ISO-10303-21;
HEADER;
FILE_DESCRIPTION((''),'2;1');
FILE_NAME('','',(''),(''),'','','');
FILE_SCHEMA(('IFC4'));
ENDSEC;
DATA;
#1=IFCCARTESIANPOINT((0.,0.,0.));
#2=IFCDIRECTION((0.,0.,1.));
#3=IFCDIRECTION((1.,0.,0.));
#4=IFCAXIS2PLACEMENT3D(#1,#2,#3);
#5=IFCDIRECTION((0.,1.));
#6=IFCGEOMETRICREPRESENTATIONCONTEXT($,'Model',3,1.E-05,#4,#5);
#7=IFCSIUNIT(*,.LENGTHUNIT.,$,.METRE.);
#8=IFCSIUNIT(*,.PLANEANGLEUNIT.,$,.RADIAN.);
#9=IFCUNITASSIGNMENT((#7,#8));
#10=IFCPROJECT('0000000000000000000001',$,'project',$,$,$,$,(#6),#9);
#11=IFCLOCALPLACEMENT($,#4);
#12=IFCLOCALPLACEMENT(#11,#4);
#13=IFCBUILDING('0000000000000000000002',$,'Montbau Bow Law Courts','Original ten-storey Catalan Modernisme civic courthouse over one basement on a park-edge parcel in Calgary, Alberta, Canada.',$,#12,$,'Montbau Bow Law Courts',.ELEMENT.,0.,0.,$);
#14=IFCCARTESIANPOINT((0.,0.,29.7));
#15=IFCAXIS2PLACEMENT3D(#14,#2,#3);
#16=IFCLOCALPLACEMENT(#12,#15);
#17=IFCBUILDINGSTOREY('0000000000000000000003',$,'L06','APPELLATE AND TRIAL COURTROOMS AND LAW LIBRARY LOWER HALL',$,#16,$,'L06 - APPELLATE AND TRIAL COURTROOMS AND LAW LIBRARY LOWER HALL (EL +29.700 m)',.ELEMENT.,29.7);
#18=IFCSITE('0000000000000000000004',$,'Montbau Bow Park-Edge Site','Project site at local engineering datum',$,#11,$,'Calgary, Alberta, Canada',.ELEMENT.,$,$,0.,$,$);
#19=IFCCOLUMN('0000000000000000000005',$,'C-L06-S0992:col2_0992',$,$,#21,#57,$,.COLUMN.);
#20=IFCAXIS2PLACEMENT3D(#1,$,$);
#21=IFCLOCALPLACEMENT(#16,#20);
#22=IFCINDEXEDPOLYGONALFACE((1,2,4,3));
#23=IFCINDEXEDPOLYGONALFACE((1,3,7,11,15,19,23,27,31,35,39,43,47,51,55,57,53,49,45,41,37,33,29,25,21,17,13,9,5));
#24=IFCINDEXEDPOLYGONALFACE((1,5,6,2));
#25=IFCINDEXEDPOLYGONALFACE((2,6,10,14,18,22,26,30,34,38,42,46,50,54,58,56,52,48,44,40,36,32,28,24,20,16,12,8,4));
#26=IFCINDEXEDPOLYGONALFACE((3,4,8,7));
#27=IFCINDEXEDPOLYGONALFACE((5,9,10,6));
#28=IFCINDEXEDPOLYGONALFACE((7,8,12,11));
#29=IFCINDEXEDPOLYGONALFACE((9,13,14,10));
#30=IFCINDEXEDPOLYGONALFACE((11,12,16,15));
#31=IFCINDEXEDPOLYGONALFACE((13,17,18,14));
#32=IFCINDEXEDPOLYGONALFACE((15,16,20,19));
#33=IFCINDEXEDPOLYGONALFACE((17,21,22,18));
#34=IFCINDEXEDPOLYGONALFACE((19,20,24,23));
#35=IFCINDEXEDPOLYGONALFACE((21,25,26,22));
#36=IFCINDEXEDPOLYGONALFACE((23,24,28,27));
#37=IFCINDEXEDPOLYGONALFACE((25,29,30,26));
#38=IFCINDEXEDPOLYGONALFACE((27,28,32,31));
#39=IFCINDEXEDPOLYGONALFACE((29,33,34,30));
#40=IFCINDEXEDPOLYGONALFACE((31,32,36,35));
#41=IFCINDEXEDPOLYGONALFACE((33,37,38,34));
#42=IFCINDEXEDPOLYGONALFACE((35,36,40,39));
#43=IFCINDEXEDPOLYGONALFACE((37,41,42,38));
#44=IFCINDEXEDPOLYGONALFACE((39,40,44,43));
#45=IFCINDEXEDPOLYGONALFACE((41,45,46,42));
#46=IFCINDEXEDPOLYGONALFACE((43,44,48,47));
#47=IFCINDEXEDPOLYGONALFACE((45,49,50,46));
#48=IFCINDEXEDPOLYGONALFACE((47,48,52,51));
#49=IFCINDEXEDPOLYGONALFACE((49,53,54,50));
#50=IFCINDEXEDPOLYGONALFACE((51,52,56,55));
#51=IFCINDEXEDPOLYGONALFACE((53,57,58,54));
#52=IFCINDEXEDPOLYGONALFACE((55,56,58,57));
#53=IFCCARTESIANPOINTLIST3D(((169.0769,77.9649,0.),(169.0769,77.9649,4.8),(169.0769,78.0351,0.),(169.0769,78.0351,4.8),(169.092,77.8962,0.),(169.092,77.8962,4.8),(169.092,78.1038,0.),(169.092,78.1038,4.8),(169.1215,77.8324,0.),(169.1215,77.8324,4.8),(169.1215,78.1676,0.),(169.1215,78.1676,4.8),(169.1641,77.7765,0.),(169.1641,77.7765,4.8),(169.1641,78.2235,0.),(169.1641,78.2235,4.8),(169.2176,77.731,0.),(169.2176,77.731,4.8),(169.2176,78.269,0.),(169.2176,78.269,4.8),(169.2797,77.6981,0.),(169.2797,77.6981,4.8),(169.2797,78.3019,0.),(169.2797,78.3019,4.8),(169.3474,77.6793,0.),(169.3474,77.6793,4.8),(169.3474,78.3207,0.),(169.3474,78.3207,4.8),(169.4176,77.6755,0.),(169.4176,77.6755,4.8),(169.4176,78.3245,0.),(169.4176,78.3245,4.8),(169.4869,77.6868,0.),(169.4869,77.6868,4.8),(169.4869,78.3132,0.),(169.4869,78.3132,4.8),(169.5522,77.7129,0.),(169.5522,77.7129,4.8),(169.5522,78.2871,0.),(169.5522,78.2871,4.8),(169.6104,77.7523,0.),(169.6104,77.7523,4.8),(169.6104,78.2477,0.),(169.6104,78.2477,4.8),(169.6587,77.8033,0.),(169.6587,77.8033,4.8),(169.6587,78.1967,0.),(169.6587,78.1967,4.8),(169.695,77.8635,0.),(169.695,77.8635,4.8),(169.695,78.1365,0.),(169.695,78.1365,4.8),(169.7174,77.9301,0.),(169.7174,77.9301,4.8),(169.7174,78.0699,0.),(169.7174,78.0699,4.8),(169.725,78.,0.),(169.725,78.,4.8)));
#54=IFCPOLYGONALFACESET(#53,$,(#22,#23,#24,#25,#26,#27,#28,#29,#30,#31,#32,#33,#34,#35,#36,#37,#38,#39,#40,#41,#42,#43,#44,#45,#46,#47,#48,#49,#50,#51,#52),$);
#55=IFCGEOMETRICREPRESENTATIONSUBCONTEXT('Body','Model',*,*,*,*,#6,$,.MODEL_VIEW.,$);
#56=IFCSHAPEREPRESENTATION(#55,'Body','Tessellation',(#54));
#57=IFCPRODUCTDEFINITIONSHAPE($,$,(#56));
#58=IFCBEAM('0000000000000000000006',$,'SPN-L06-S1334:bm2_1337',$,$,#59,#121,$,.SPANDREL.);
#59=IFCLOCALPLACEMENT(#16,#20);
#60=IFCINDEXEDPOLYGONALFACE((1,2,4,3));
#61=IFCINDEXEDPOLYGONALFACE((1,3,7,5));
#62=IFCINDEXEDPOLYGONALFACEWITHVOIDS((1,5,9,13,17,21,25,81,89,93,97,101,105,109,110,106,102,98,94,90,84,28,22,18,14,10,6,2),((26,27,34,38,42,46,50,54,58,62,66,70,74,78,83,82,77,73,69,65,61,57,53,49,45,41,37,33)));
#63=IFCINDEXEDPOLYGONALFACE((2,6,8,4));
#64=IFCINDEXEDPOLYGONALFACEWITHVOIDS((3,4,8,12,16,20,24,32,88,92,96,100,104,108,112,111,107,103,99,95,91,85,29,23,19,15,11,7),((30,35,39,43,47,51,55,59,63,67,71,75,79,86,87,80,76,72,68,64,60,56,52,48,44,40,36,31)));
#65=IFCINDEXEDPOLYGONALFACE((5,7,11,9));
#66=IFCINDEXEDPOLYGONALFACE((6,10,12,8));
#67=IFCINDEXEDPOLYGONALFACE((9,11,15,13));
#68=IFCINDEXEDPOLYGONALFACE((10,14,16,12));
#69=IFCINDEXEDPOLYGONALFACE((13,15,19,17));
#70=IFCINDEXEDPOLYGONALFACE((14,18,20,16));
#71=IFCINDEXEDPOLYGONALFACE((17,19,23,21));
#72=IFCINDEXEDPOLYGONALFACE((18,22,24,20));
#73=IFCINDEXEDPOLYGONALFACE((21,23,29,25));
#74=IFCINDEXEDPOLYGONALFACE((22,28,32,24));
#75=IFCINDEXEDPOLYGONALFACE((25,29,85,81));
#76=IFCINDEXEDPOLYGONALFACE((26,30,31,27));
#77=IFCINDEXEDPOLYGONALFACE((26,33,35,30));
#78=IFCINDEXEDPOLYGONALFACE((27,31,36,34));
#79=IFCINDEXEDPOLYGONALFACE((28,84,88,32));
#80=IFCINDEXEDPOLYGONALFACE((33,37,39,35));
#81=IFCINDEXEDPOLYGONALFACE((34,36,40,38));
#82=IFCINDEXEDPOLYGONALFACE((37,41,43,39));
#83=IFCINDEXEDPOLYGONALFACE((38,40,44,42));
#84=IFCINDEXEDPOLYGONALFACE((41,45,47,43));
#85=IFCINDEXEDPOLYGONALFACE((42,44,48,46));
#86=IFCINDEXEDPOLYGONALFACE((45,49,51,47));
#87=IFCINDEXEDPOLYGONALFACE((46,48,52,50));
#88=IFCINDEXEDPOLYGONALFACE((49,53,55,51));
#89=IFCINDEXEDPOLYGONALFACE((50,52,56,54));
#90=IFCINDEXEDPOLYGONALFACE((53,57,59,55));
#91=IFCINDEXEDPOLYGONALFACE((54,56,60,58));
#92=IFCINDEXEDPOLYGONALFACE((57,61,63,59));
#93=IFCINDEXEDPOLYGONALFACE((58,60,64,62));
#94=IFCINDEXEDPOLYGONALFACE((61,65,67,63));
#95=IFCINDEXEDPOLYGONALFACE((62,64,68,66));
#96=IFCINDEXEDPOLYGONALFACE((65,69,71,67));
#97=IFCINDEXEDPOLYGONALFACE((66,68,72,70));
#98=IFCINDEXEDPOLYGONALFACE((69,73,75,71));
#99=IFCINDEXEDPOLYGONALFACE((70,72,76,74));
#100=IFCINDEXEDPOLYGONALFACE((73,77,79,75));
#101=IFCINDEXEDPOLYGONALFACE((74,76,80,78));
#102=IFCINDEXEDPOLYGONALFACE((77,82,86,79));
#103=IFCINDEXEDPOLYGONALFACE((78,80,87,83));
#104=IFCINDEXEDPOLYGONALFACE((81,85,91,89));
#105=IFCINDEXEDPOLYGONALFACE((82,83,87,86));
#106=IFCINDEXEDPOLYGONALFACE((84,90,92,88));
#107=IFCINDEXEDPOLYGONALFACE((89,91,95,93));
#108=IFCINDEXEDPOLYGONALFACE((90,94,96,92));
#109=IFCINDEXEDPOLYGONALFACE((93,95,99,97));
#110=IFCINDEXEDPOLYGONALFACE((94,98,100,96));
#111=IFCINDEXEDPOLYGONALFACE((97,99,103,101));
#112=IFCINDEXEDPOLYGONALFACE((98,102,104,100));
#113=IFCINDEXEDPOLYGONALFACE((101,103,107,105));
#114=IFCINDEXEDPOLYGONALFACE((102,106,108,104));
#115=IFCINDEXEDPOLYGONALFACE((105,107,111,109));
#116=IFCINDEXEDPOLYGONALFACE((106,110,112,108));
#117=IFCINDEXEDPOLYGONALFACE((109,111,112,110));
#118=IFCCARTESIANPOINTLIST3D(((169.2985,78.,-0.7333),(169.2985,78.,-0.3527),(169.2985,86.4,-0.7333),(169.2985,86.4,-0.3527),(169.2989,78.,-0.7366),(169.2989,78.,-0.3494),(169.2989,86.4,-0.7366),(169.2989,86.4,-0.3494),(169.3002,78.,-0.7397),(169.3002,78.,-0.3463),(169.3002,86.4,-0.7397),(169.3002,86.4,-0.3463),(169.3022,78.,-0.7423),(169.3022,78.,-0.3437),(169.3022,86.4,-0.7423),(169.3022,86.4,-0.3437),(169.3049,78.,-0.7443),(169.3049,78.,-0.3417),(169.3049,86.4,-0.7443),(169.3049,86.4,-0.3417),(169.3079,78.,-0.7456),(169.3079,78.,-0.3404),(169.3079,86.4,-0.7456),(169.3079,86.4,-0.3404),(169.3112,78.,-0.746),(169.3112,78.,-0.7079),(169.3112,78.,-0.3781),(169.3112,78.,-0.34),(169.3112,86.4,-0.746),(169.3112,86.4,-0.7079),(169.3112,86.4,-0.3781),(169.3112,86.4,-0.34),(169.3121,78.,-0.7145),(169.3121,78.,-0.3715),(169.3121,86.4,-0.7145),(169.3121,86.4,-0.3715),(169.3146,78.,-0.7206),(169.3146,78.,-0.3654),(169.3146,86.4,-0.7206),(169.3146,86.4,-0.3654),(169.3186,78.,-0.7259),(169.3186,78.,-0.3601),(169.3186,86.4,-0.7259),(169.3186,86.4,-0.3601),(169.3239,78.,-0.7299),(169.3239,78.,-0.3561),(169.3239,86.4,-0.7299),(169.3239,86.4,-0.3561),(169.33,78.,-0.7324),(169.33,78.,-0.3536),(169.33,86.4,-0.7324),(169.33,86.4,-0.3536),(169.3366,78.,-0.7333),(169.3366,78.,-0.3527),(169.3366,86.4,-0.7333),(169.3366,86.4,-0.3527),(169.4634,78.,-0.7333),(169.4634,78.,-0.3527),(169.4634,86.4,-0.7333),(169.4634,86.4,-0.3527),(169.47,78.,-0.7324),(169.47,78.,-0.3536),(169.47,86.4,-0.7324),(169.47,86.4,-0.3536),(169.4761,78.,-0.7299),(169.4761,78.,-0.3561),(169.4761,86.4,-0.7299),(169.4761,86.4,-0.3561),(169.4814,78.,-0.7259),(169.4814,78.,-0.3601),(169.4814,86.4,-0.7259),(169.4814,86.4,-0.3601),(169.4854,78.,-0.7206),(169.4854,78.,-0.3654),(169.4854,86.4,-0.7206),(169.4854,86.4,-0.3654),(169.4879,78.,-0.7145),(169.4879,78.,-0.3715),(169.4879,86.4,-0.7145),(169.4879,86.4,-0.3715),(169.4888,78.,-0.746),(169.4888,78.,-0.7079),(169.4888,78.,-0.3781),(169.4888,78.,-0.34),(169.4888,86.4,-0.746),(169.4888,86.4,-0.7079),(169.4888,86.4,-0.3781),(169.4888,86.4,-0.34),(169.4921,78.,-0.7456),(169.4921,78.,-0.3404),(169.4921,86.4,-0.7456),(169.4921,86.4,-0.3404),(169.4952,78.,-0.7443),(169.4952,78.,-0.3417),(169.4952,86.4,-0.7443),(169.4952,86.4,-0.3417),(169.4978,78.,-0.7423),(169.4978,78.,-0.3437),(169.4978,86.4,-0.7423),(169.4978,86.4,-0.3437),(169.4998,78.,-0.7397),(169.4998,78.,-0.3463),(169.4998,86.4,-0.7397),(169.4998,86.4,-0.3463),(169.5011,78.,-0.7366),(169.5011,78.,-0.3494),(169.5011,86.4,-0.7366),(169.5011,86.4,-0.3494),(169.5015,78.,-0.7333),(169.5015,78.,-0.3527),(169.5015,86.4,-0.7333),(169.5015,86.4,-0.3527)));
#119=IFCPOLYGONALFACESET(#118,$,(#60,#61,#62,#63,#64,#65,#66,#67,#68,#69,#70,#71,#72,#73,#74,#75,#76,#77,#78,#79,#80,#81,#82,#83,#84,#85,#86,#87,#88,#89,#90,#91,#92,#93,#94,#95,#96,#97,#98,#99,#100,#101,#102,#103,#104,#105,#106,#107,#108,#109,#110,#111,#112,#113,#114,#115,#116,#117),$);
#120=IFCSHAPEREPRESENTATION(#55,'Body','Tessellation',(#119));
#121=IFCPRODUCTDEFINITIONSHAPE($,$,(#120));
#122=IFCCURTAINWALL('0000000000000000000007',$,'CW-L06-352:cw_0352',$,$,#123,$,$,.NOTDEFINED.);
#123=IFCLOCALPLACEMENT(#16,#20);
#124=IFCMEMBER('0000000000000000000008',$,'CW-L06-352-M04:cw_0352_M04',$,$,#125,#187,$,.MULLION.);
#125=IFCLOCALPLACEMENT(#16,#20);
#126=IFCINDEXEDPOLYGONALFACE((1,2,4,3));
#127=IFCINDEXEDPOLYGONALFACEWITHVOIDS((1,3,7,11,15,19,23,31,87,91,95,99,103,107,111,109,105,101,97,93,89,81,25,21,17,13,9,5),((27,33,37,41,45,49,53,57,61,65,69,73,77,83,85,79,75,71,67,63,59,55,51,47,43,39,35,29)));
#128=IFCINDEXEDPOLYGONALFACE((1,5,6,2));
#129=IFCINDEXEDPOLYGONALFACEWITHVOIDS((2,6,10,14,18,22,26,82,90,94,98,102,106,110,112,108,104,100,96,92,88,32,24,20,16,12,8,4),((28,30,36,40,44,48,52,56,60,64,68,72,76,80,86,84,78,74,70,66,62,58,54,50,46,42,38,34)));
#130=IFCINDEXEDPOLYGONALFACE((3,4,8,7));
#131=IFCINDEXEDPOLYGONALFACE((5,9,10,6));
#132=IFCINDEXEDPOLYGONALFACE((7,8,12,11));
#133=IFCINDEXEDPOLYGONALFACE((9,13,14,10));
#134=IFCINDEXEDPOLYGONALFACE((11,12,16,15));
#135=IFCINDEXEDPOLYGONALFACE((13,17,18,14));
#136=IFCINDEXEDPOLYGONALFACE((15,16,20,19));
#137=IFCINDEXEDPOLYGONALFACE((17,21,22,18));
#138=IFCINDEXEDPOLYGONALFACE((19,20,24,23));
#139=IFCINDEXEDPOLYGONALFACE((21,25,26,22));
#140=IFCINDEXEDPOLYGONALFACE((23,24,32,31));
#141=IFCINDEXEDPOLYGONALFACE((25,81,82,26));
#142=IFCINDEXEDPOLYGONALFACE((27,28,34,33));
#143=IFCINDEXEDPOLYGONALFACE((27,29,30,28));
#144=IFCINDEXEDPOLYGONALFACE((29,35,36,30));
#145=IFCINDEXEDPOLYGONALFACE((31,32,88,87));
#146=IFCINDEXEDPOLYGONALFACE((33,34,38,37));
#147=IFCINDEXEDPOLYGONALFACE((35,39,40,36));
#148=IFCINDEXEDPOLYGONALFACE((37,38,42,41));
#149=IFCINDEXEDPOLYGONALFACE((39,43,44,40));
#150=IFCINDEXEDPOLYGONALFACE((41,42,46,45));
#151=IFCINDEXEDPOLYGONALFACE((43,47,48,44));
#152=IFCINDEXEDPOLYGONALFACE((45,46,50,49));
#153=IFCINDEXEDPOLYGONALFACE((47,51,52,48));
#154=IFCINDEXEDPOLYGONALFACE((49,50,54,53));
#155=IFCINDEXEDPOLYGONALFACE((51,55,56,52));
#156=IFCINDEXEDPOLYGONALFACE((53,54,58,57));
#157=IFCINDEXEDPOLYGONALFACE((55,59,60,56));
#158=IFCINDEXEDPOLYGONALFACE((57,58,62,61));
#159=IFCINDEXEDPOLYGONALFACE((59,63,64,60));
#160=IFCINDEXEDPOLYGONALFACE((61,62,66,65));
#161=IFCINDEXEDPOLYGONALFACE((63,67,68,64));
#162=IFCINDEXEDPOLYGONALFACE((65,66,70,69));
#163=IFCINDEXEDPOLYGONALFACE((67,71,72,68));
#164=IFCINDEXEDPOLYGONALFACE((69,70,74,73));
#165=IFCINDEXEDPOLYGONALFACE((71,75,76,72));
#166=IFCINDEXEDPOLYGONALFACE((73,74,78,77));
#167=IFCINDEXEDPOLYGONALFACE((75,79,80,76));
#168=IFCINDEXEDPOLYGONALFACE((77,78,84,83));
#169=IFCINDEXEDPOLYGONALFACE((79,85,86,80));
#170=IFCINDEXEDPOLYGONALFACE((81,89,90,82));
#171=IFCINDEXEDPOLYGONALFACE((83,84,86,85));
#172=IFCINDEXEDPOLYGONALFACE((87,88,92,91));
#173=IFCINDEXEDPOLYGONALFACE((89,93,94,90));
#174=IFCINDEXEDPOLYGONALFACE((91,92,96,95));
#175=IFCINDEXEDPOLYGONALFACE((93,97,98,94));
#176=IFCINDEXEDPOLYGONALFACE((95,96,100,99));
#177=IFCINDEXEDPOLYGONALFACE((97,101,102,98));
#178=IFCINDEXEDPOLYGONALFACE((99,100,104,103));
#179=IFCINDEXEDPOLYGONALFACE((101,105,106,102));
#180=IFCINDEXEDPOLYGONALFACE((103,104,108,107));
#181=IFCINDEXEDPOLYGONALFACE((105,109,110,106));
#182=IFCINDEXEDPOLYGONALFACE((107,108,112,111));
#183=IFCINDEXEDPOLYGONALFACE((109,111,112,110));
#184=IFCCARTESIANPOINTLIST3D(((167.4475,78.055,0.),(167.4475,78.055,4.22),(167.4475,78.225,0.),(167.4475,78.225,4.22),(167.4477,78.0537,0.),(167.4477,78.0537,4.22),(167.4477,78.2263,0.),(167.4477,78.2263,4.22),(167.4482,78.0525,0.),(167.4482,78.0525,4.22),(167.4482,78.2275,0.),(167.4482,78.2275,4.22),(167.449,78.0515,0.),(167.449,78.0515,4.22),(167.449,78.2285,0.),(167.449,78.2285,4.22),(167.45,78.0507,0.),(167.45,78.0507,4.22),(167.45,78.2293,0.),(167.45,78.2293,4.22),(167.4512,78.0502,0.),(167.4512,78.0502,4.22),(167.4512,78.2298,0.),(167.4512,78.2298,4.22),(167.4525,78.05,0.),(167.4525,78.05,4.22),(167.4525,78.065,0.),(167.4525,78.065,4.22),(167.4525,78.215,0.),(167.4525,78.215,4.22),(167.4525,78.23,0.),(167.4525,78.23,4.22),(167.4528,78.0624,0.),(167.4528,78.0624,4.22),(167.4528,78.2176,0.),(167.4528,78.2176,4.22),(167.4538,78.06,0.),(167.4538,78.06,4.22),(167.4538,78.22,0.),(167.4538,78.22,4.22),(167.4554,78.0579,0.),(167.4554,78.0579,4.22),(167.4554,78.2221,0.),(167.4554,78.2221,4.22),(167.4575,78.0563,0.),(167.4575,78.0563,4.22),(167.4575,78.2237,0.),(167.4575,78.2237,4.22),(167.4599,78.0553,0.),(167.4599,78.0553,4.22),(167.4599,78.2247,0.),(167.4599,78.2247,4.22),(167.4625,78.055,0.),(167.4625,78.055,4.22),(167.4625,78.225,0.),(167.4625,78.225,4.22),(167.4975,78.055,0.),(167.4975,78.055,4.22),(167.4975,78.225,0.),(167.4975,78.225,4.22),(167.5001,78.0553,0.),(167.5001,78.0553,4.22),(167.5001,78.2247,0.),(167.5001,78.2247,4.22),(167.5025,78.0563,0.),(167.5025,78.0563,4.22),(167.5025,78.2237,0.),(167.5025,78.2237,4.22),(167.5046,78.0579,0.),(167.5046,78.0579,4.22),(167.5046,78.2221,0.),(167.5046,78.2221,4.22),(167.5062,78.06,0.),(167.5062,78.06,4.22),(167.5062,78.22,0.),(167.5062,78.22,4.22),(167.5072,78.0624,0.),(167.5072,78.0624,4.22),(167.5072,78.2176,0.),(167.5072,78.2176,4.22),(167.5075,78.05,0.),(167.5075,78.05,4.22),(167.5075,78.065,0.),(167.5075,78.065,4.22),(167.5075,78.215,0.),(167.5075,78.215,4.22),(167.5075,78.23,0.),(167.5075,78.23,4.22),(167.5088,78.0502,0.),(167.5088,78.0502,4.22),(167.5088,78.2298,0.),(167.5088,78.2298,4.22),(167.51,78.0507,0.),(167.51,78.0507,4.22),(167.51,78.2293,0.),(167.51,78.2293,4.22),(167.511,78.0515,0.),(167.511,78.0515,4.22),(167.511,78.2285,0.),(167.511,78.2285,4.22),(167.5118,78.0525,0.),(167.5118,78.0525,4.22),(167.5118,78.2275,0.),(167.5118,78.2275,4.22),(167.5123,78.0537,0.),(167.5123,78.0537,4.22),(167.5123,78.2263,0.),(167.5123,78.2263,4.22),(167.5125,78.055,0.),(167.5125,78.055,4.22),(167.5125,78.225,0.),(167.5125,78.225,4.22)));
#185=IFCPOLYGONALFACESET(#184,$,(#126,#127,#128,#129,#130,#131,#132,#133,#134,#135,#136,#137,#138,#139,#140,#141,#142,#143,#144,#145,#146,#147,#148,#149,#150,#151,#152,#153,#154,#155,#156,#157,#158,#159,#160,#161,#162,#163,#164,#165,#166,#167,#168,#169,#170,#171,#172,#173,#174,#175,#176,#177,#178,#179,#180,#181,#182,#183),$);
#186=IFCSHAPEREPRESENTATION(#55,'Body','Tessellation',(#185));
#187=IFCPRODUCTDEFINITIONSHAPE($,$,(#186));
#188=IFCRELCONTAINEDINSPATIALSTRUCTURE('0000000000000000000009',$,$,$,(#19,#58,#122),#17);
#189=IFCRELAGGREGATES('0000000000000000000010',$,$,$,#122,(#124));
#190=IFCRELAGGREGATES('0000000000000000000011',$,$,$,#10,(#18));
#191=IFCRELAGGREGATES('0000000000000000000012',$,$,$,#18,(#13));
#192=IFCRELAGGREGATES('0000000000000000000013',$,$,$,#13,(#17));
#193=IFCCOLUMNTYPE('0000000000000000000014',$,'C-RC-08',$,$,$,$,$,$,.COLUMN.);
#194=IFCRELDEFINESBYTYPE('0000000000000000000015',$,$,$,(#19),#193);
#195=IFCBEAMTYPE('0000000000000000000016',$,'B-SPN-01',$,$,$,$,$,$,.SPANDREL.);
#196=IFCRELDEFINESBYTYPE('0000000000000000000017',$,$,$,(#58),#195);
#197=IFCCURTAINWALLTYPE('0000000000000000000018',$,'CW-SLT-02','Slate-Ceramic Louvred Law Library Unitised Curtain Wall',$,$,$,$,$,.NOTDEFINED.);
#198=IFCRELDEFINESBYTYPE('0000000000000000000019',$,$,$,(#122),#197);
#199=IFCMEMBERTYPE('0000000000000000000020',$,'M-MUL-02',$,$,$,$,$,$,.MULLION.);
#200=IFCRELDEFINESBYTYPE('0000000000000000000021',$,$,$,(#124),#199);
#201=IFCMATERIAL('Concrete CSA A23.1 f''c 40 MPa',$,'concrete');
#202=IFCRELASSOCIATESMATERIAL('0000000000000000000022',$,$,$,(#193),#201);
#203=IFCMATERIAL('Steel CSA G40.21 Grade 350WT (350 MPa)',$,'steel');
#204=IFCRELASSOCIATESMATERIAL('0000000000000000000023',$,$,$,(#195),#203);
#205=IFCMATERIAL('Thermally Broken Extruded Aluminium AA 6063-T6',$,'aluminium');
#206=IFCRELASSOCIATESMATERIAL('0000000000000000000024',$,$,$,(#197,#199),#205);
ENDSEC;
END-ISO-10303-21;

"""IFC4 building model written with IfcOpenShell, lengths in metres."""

from ifc_helpers import new_model, si_unit, direction, frame, origin_with_axes, origin_2d_with_axis, place, context, subcontext, project, spatial, hollow_rectangle, circle, extrude, material, material_profile, profile_set, type_object, element, aggregate, save


model = new_model("IFC4")

# Units and contexts
model_context = context("Model", 3, precision=1e-05, world=origin_with_axes(), true_north=direction((0.0, 1.0)))
body_context = subcontext(model_context, "Body", "Model", "MODEL_VIEW")
ifc_project = project(units=[si_unit("LENGTHUNIT", "METRE"), si_unit("PLANEANGLEUNIT", "RADIAN")], contexts=[model_context])

# Site, building, storey
site_placement = place(None, origin_with_axes())
site = spatial("IfcSite", under=ifc_project, at=site_placement, Name="Montbau Bow Park-Edge Site", Description="Project site at local engineering datum", LongName="Calgary, Alberta, Canada", CompositionType="ELEMENT", RefElevation=0.0)
building_placement = place(site_placement, origin_with_axes())
building = spatial("IfcBuilding", under=site, at=building_placement, Name="Montbau Bow Law Courts", Description="Original ten-storey Catalan Modernisme civic courthouse over one basement on a park-edge parcel in Calgary, Alberta, Canada.", LongName="Montbau Bow Law Courts", CompositionType="ELEMENT", ElevationOfRefHeight=0.0, ElevationOfTerrain=0.0)
storey_placement = place(building_placement, frame((0.0, 0.0, 29.7), z_axis=(0.0, 0.0, 1.0), x_axis=(1.0, 0.0, 0.0)))
storey = spatial("IfcBuildingStorey", under=building, at=storey_placement, Name="L06", Description="APPELLATE AND TRIAL COURTROOMS AND LAW LIBRARY LOWER HALL", LongName="L06 - APPELLATE AND TRIAL COURTROOMS AND LAW LIBRARY LOWER HALL (EL +29.700 m)", CompositionType="ELEMENT", Elevation=29.7)

# Column
ifc_material_1 = material(Name="Concrete CSA A23.1 f'c 40 MPa", Category="concrete")
ifc_material_profile_1 = material_profile(ifc_material_1, circle(Radius=0.325, at=origin_2d_with_axis()), Name="RC650D", Category="Main", Priority=0)
ifc_profile_set_1 = profile_set([ifc_material_profile_1], Name="Concrete CSA A23.1 f'c 40 MPa")
column_type = type_object("IfcColumnType", Name="C-RC-08", PredefinedType="COLUMN", material=ifc_profile_set_1)
column_placement = place(None, frame((169.4, 78.0, 29.7), z_axis=(0.0, 0.0, 1.0), x_axis=(1.0, 0.0, 0.0)))
element("IfcColumn", 1, at=column_placement, inside=storey, type_object=column_type, Name="C-L06-S0992:col2_0992", PredefinedType="COLUMN", context=body_context, shape_type="SweptSolid", body=[
    extrude(circle(Radius=0.325, at=origin_2d_with_axis()), origin_with_axes(), (0.0, 0.0, 1.0), 4.8),
])

# Beam
ifc_material_2 = material(Name="Steel CSA G40.21 Grade 350WT (350 MPa)", Category="steel")
ifc_material_profile_2 = material_profile(ifc_material_2, hollow_rectangle(XDim=0.203, YDim=0.406, WallThickness=0.0127, InnerFilletRadius=0.0254, OuterFilletRadius=0.0127, at=origin_2d_with_axis()), Name="HSS406X203X13", Category="Main", Priority=0)
ifc_profile_set_2 = profile_set([ifc_material_profile_2], Name="Steel CSA G40.21 Grade 350WT (350 MPa)")
beam_type = type_object("IfcBeamType", Name="B-SPN-01", PredefinedType="SPANDREL", material=ifc_profile_set_2)
beam_placement = place(None, frame((169.4, 78.0, 29.157), z_axis=(0.0, 1.0, 0.0), x_axis=(-1.0, 0.0, 0.0)))
element("IfcBeam", 2, at=beam_placement, inside=storey, type_object=beam_type, Name="SPN-L06-S1334:bm2_1337", PredefinedType="SPANDREL", context=body_context, shape_type="SweptSolid", body=[
    extrude(hollow_rectangle(XDim=0.203, YDim=0.406, WallThickness=0.0127, InnerFilletRadius=0.0254, OuterFilletRadius=0.0127, at=origin_2d_with_axis()), origin_with_axes(), (0.0, 0.0, 1.0), 8.4),
])

# Curtain wall, member
ifc_material_3 = material(Name="Thermally Broken Extruded Aluminium AA 6063-T6", Category="aluminium")
curtain_wall_type = type_object("IfcCurtainWallType", Name="CW-SLT-02", Description="Slate-Ceramic Louvred Law Library Unitised Curtain Wall", PredefinedType="NOTDEFINED", material=ifc_material_3)
curtain_wall_1_placement = place(None, frame((163.04, 78.14, 29.7), z_axis=(0.0, 0.0, 1.0), x_axis=(1.0, 0.0, 0.0)))
curtain_wall_1 = element("IfcCurtainWall", 3, at=curtain_wall_1_placement, inside=storey, type_object=curtain_wall_type, Name="CW-L06-352:cw_0352", PredefinedType="NOTDEFINED")
ifc_material_profile_3 = material_profile(ifc_material_3, hollow_rectangle(XDim=0.065, YDim=0.18, WallThickness=0.005, InnerFilletRadius=0.01, OuterFilletRadius=0.005, at=origin_2d_with_axis()), Name="CWM-180X65", Category="Main", Priority=0)
ifc_profile_set_3 = profile_set([ifc_material_profile_3], Name="Thermally Broken Extruded Aluminium AA 6063-T6")
member_type_1 = type_object("IfcMemberType", Name="M-MUL-02", PredefinedType="MULLION", material=ifc_profile_set_3)
member_1_placement = place(None, frame((167.48, 78.14, 29.7), z_axis=(0.0, 0.0, 1.0), x_axis=(1.0, 0.0, 0.0)))
member_1 = element("IfcMember", 4, at=member_1_placement, type_object=member_type_1, Name="CW-L06-352-M04:cw_0352_M04", PredefinedType="MULLION", context=body_context, shape_type="SweptSolid", body=[
    extrude(hollow_rectangle(XDim=0.065, YDim=0.18, WallThickness=0.005, InnerFilletRadius=0.01, OuterFilletRadius=0.005, at=origin_2d_with_axis()), origin_with_axes(), (0.0, 0.0, 1.0), 4.22),
])

aggregate(curtain_wall_1, [member_1])

save(model, "model.ifc")
